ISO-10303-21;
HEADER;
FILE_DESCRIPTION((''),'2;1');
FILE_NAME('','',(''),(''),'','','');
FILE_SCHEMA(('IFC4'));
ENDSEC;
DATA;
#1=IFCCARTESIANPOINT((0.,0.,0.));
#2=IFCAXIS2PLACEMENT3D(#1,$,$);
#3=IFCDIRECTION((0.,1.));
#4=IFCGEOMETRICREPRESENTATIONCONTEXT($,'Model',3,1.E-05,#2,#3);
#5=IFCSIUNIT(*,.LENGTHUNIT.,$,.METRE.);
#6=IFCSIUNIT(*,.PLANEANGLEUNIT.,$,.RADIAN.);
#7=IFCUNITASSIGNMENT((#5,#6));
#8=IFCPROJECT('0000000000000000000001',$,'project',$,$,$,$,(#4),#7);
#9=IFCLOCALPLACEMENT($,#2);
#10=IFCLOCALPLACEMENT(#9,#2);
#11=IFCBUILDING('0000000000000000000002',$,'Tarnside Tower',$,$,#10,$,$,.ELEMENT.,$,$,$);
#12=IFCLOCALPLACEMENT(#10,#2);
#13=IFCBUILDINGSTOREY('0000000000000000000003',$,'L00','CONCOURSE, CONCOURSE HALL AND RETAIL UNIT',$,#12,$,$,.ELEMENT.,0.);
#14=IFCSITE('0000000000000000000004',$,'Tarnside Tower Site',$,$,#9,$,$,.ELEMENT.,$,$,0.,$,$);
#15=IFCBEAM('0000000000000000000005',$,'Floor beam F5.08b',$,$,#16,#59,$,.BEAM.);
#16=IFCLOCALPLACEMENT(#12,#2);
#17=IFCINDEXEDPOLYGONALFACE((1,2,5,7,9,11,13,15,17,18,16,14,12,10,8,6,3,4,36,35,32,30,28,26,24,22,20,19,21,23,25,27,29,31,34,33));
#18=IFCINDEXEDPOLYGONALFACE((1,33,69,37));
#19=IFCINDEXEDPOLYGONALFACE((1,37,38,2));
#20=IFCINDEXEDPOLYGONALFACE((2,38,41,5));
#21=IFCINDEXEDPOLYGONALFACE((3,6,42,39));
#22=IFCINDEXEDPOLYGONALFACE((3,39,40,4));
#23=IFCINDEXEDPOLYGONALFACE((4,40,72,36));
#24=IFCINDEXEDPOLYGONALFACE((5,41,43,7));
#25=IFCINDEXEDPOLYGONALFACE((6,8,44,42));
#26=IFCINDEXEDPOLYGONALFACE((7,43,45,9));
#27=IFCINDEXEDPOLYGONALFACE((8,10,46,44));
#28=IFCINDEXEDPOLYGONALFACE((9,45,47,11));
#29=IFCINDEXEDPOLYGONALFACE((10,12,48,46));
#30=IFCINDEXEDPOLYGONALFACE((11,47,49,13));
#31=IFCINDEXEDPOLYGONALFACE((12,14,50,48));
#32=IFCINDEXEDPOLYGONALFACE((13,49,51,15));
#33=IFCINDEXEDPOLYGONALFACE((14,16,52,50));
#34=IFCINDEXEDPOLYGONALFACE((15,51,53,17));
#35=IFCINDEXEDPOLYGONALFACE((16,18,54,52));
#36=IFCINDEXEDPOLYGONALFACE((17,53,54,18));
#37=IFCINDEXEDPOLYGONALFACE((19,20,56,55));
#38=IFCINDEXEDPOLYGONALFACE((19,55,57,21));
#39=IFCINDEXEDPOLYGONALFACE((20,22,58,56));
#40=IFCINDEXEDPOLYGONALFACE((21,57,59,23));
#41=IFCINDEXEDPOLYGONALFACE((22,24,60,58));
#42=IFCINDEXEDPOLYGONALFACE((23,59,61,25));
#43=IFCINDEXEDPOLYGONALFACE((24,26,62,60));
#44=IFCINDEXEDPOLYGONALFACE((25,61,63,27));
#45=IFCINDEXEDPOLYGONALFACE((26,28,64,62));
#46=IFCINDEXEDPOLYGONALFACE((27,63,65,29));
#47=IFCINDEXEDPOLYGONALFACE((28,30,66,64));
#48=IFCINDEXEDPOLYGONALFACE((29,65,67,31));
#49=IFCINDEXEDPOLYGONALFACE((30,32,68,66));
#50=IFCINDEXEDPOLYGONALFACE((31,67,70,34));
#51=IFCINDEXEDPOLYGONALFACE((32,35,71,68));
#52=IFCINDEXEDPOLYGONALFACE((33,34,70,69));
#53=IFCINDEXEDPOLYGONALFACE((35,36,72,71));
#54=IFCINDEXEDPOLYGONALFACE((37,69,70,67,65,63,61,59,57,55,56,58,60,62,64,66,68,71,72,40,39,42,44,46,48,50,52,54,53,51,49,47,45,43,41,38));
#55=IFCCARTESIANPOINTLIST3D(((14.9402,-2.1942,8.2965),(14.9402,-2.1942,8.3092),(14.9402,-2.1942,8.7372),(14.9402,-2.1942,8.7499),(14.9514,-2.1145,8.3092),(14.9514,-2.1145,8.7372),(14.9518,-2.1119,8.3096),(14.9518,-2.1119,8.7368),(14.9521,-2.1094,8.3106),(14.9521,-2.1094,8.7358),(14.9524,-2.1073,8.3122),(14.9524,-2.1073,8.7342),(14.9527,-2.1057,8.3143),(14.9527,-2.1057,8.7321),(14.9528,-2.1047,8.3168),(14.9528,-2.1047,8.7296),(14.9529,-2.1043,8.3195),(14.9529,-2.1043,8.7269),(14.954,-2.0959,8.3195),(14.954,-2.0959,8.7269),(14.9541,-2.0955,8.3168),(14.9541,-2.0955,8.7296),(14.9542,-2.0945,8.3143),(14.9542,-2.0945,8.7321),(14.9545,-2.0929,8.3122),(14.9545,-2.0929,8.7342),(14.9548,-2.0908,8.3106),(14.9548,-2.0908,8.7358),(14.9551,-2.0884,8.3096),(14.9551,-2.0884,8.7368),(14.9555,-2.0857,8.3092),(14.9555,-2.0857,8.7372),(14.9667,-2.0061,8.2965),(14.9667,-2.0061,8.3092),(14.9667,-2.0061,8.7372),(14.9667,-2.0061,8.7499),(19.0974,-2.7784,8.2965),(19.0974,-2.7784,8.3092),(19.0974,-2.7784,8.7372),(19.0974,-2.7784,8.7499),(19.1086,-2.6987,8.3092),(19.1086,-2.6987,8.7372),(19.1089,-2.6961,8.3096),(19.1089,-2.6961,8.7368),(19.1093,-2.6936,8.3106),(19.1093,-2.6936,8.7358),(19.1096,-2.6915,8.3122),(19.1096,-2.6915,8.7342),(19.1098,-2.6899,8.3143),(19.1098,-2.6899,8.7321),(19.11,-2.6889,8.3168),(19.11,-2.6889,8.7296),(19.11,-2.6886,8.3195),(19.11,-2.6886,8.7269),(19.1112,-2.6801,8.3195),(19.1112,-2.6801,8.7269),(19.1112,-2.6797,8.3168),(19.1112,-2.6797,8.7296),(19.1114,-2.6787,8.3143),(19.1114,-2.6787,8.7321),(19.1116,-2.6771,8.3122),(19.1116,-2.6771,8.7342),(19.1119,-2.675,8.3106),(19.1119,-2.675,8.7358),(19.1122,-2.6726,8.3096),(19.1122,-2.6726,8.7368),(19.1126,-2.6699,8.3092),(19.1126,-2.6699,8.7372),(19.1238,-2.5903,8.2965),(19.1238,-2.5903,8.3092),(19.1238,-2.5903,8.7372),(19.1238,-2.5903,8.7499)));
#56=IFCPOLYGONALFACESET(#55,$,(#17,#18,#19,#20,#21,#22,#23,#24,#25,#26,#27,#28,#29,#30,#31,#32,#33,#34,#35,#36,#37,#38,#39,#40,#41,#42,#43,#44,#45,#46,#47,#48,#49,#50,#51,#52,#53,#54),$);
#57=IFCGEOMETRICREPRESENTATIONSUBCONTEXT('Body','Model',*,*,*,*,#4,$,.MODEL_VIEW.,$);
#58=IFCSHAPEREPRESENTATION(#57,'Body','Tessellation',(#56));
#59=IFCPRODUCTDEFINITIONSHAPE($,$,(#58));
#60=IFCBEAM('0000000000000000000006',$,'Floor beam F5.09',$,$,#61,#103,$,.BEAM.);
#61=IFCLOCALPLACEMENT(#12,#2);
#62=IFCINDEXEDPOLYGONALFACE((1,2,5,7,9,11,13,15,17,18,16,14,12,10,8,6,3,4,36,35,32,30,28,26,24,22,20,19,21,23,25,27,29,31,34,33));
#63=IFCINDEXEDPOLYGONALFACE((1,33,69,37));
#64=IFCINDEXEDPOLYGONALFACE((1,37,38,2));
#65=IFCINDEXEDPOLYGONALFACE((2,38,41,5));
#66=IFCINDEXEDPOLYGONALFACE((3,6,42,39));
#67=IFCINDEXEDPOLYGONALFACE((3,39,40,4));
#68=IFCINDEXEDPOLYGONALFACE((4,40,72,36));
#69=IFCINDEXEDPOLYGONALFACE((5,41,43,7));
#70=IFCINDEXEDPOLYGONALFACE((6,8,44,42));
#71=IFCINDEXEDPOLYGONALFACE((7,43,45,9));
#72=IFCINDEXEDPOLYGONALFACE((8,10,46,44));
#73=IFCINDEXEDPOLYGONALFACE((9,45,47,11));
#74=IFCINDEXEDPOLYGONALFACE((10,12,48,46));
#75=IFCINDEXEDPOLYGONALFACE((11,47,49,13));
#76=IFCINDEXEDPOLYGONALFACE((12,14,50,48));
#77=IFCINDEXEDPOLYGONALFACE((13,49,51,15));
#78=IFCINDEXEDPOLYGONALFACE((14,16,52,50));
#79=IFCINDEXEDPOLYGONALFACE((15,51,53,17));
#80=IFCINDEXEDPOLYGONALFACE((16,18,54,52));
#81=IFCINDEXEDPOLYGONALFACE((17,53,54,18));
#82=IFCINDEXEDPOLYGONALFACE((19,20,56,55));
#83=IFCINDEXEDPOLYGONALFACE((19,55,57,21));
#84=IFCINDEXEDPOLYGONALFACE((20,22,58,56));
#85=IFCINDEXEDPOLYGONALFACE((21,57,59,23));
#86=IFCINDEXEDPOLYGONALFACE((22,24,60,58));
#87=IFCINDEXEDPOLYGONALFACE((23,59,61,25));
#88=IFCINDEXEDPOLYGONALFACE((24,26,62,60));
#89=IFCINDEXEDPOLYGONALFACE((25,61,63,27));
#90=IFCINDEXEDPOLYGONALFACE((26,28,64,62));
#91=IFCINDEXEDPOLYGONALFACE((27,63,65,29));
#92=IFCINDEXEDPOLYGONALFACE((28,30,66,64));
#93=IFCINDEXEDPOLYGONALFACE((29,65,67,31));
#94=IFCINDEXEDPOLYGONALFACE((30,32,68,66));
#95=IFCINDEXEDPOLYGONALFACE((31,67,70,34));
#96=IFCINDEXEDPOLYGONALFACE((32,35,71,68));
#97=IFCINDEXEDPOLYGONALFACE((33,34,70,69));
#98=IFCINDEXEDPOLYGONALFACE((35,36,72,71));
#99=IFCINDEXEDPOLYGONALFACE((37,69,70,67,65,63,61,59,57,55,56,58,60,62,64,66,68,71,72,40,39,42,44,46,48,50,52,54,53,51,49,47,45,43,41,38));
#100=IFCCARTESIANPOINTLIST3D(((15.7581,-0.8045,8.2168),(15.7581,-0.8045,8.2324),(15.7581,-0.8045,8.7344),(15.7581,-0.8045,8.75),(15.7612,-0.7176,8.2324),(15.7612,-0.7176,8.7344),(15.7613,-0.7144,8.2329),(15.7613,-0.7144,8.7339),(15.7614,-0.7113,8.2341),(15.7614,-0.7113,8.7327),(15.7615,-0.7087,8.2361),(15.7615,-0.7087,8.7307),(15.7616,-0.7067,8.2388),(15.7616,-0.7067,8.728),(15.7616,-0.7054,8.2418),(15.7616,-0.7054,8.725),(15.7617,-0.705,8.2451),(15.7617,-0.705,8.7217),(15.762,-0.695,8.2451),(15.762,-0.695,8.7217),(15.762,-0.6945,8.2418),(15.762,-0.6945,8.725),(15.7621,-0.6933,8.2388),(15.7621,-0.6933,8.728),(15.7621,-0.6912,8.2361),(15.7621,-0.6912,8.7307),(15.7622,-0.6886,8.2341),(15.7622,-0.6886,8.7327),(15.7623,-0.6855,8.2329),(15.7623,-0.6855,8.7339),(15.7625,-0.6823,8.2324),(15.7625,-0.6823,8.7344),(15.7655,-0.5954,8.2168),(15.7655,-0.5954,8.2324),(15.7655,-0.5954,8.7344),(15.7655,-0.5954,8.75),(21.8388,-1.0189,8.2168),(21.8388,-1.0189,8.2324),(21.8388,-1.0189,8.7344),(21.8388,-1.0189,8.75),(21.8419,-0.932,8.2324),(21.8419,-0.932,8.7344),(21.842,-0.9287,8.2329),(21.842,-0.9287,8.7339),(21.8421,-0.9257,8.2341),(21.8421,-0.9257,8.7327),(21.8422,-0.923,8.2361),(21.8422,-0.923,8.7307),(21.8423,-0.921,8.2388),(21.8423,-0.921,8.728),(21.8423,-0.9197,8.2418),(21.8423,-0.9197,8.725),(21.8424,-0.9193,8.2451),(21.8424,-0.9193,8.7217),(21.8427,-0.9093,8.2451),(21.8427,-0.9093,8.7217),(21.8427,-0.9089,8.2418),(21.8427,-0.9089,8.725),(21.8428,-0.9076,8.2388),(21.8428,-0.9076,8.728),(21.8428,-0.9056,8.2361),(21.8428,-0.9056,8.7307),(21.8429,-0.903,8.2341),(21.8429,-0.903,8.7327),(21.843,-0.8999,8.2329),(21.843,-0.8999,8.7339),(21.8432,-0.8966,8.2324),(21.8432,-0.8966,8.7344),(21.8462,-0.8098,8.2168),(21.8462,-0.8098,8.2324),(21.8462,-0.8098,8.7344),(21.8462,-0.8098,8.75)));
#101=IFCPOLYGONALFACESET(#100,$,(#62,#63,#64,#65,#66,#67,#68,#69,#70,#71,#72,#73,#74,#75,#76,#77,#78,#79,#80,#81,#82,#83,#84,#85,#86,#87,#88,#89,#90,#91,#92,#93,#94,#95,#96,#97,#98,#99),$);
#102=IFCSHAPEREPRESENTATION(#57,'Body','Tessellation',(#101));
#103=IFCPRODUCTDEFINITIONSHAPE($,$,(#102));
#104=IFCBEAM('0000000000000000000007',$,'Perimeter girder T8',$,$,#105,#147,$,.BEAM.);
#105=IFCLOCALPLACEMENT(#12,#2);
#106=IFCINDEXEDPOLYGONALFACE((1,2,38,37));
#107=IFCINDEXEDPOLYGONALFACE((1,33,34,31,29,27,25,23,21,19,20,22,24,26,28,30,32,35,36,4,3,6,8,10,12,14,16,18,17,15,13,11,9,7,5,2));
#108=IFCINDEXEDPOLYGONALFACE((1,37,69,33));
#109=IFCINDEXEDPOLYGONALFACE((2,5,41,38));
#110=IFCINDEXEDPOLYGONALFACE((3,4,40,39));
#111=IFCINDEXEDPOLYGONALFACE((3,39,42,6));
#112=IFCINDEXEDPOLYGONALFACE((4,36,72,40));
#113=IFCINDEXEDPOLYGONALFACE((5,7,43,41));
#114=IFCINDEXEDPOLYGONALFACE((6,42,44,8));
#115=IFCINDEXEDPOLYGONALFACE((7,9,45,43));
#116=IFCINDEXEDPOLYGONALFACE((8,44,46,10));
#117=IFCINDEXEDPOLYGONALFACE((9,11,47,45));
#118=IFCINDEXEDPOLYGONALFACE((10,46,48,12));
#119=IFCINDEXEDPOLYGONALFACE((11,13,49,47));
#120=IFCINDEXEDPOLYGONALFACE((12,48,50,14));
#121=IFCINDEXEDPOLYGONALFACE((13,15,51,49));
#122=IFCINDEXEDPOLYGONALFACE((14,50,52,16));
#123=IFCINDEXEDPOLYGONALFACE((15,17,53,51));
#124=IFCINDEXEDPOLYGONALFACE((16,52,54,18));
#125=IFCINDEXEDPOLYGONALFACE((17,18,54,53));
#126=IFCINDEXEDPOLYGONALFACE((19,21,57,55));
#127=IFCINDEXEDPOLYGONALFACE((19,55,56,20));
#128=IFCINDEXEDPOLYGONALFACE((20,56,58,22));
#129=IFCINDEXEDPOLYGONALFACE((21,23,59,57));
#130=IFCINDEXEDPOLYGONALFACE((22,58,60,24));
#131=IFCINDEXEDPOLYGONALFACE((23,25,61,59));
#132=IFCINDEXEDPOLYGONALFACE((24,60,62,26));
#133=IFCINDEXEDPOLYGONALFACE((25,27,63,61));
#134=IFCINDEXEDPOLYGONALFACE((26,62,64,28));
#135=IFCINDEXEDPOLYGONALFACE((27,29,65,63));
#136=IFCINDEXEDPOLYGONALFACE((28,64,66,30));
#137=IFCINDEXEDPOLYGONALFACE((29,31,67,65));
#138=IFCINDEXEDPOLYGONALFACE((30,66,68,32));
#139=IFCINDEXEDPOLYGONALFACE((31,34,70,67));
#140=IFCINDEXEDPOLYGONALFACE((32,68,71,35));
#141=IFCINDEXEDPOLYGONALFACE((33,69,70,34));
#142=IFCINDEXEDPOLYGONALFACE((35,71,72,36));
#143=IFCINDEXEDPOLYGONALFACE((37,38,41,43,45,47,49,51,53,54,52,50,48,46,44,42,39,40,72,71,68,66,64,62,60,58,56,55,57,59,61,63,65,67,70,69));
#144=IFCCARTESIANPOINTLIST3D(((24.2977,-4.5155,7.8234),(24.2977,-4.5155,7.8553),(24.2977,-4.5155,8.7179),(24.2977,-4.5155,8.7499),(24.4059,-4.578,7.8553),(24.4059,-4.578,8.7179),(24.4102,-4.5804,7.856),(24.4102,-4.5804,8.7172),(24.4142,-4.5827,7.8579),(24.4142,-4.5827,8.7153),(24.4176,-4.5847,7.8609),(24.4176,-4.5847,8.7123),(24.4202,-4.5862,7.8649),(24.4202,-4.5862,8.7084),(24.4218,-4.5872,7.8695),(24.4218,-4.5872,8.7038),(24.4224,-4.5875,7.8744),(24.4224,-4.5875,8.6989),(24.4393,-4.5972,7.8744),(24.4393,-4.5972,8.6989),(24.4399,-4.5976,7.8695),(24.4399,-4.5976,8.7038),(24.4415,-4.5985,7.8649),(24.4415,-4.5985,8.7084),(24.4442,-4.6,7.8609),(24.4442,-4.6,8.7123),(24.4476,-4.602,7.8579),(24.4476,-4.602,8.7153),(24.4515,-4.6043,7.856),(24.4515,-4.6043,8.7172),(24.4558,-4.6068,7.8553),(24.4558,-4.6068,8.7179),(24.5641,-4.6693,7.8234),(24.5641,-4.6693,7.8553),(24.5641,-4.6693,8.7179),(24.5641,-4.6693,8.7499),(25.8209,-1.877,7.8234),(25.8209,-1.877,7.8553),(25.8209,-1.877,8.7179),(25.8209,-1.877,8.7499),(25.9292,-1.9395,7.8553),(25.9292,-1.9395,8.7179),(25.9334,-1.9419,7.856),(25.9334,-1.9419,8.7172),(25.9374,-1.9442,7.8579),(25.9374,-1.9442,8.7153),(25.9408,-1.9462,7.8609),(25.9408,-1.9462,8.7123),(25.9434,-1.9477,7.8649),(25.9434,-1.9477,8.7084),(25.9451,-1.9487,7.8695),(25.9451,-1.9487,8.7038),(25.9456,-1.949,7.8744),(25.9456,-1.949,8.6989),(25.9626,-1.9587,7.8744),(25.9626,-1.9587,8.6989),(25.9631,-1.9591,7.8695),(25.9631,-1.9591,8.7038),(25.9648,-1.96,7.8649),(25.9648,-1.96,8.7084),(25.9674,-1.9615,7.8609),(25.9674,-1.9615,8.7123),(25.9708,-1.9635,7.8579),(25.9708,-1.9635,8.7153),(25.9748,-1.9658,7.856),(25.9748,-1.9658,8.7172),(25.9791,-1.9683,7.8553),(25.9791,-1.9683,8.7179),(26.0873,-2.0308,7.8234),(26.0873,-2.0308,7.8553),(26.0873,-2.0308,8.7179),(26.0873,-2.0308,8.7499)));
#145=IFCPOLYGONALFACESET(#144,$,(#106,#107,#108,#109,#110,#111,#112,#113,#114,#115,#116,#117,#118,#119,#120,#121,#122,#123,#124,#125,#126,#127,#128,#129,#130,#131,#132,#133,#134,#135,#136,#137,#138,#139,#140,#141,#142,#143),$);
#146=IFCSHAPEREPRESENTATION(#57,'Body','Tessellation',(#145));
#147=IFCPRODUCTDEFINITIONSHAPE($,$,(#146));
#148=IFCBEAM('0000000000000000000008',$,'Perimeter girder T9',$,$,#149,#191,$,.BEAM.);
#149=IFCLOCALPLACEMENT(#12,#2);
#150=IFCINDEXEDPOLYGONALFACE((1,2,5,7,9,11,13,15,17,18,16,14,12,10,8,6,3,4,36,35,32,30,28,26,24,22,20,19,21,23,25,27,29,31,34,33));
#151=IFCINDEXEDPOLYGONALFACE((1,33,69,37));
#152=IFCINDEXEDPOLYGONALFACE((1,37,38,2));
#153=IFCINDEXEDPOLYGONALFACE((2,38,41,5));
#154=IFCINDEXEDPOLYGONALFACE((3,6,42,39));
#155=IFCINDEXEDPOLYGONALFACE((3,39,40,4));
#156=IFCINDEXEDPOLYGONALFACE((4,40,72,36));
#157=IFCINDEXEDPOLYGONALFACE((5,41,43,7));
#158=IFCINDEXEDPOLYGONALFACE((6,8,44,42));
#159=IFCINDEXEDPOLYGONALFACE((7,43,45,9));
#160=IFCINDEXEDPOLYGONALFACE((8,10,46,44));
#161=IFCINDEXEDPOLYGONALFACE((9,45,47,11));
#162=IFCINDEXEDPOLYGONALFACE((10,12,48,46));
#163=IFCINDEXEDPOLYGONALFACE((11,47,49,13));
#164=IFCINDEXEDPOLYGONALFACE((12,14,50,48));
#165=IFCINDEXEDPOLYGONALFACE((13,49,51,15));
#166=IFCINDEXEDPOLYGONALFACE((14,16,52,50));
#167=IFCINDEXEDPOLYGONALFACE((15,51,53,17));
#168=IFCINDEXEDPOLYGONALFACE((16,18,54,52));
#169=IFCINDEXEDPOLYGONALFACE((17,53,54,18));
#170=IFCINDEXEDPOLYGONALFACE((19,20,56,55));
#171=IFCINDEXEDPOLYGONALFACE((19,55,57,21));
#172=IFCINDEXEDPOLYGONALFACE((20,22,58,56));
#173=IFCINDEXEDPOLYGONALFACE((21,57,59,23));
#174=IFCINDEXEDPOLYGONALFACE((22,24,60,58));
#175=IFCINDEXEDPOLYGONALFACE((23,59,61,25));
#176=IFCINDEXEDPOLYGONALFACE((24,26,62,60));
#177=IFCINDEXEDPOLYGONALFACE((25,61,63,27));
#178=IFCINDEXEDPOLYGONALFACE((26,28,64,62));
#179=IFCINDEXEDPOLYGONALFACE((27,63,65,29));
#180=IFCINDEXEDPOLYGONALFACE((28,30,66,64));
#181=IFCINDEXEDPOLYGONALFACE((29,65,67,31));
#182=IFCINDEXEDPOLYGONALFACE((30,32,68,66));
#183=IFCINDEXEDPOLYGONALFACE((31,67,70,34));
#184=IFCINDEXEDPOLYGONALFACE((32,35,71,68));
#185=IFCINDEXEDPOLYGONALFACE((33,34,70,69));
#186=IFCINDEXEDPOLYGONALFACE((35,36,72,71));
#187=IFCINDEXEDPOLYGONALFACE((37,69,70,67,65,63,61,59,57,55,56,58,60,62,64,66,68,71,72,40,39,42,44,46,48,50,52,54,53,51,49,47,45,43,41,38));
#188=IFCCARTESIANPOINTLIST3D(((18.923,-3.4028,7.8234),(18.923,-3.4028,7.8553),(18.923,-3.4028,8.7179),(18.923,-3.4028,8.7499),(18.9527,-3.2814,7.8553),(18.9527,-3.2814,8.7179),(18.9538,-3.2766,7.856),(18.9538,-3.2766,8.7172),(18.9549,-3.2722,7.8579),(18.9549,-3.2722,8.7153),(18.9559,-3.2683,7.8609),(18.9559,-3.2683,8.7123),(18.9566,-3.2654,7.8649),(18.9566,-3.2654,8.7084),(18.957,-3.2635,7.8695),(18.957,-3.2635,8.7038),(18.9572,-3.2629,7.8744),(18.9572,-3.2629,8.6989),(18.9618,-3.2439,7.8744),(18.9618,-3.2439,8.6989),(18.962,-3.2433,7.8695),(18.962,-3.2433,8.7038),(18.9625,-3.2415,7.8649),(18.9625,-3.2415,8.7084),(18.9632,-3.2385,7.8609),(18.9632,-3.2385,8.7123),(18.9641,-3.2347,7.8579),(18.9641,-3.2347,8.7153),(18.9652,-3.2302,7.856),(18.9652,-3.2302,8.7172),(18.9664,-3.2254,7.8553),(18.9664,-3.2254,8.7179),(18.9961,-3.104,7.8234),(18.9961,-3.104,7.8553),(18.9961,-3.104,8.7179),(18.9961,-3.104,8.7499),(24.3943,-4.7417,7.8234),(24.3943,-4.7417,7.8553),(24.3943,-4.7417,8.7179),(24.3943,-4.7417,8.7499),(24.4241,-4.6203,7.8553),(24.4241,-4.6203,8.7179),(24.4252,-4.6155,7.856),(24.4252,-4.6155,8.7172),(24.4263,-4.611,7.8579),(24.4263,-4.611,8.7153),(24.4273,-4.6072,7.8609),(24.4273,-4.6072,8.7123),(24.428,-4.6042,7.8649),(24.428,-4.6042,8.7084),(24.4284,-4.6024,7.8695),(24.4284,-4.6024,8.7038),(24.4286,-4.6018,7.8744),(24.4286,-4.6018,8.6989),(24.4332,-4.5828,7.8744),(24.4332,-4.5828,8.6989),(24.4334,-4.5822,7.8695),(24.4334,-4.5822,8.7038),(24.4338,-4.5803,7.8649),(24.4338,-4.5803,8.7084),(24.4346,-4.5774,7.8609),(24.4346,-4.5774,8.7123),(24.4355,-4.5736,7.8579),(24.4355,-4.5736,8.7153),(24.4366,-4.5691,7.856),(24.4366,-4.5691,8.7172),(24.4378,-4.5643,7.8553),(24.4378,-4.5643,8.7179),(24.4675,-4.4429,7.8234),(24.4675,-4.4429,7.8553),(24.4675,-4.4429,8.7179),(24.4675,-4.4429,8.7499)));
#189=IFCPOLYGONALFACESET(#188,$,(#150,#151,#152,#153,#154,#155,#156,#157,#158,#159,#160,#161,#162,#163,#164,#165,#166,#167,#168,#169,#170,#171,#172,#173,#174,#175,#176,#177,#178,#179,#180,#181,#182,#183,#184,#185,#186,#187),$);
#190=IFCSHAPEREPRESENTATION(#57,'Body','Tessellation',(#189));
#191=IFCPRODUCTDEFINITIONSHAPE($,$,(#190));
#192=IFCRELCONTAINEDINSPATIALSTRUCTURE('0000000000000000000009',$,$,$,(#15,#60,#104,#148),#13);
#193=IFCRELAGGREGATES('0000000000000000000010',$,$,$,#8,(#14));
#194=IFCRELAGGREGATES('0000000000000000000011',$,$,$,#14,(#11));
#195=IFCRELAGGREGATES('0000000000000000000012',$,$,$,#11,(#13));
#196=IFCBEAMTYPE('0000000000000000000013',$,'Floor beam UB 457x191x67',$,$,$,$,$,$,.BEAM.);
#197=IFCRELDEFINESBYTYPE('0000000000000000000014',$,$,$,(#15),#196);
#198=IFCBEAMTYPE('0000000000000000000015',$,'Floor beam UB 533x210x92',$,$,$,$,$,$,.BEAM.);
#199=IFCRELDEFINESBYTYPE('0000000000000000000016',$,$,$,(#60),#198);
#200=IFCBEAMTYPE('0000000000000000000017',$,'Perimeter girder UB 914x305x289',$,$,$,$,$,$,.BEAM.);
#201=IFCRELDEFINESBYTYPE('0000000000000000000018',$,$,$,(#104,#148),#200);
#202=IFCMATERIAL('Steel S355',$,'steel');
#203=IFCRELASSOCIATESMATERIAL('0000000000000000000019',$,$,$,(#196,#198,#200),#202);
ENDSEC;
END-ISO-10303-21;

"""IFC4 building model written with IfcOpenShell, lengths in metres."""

from ifc_helpers import new_model, si_unit, direction, frame, origin, origin_2d, place, context, subcontext, project, spatial, i_section, extrude, material, material_profile, profile_set, type_object, element, save


model = new_model("IFC4")

# Units and contexts
model_context = context("Model", 3, precision=1e-05, world=origin(), true_north=direction((0.0, 1.0)))
body_context = subcontext(model_context, "Body", "Model", "MODEL_VIEW")
ifc_project = project(units=[si_unit("LENGTHUNIT", "METRE"), si_unit("PLANEANGLEUNIT", "RADIAN")], contexts=[model_context])

# Site, building, storey
site_placement = place(None, origin())
site = spatial("IfcSite", under=ifc_project, at=site_placement, Name="Tarnside Tower Site", CompositionType="ELEMENT", RefElevation=0.0)
building_placement = place(site_placement, origin())
building = spatial("IfcBuilding", under=site, at=building_placement, Name="Tarnside Tower", CompositionType="ELEMENT")
storey_placement = place(building_placement, origin())
storey = spatial("IfcBuildingStorey", under=building, at=storey_placement, Name="L00", Description="CONCOURSE, CONCOURSE HALL AND RETAIL UNIT", CompositionType="ELEMENT", Elevation=0.0)

# Beams
ifc_material_1 = material(Name="Steel S355", Category="steel")
ifc_material_profile_1 = material_profile(ifc_material_1, i_section(OverallWidth=0.1899, OverallDepth=0.4534, WebThickness=0.0085, FlangeThickness=0.0127, FilletRadius=0.0103, at=origin_2d()), Name="UB 457x191x67")
ifc_profile_set_1 = profile_set([ifc_material_profile_1], Name="Steel S355")
beam_type_1 = type_object("IfcBeamType", Name="Floor beam UB 457x191x67", PredefinedType="BEAM", material=ifc_profile_set_1)
beam_1_placement = place(storey_placement, frame((19.1106, -2.6843, 8.5232), z_axis=(-0.990269, 0.139166, 0.0), x_axis=(-0.139166, -0.990269, 0.0)))
element("IfcBeam", 1, at=beam_1_placement, inside=storey, type_object=beam_type_1, Name="Floor beam F5.08b", PredefinedType="BEAM", context=body_context, shape_type="SweptSolid", body=[
    extrude(i_section(OverallWidth=0.1899, OverallDepth=0.4534, WebThickness=0.0085, FlangeThickness=0.0127, FilletRadius=0.0103, at=origin_2d()), origin(), (0.0, 0.0, 1.0), 4.198),
])
ifc_material_profile_2 = material_profile(ifc_material_1, i_section(OverallWidth=0.2092, OverallDepth=0.5332, WebThickness=0.01, FlangeThickness=0.0156, FilletRadius=0.0127, at=origin_2d()), Name="UB 533x210x92")
ifc_profile_set_2 = profile_set([ifc_material_profile_2], Name="Steel S355")
beam_type_2 = type_object("IfcBeamType", Name="Floor beam UB 533x210x92", PredefinedType="BEAM", material=ifc_profile_set_2)
beam_2_placement = place(storey_placement, frame((21.8425, -0.9143, 8.4834), z_axis=(-0.999379, 0.035229, 0.0), x_axis=(-0.035229, -0.999379, 0.0)))
element("IfcBeam", 2, at=beam_2_placement, inside=storey, type_object=beam_type_2, Name="Floor beam F5.09", PredefinedType="BEAM", context=body_context, shape_type="SweptSolid", body=[
    extrude(i_section(OverallWidth=0.2092, OverallDepth=0.5332, WebThickness=0.01, FlangeThickness=0.0156, FilletRadius=0.0127, at=origin_2d()), origin(), (0.0, 0.0, 1.0), 6.0845),
])
ifc_material_profile_3 = material_profile(ifc_material_1, i_section(OverallWidth=0.3076, OverallDepth=0.9265, WebThickness=0.0195, FlangeThickness=0.032, FilletRadius=0.019, at=origin_2d()), Name="UB 914x305x289")
ifc_profile_set_3 = profile_set([ifc_material_profile_3], Name="Steel S355")
beam_type_3 = type_object("IfcBeamType", Name="Perimeter girder UB 914x305x289", PredefinedType="BEAM", material=ifc_profile_set_3)
beam_3_placement = place(storey_placement, frame((25.9541, -1.9539, 8.2866), z_axis=(-0.499974, -0.86604, 0.0), x_axis=(0.86604, -0.499974, 0.0)))
element("IfcBeam", 3, at=beam_3_placement, inside=storey, type_object=beam_type_3, Name="Perimeter girder T8", PredefinedType="BEAM", context=body_context, shape_type="SweptSolid", body=[
    extrude(i_section(OverallWidth=0.3076, OverallDepth=0.9265, WebThickness=0.0195, FlangeThickness=0.032, FilletRadius=0.019, at=origin_2d()), origin(), (0.0, 0.0, 1.0), 3.0466),
])
beam_4_placement = place(storey_placement, frame((24.4309, -4.5923, 8.2866), z_axis=(-0.971341, 0.237688, 0.0), x_axis=(-0.237688, -0.971341, 0.0)))
element("IfcBeam", 4, at=beam_4_placement, inside=storey, type_object=beam_type_3, Name="Perimeter girder T9", PredefinedType="BEAM", context=body_context, shape_type="SweptSolid", body=[
    extrude(i_section(OverallWidth=0.3076, OverallDepth=0.9265, WebThickness=0.0195, FlangeThickness=0.032, FilletRadius=0.019, at=origin_2d()), origin(), (0.0, 0.0, 1.0), 5.6328),
])

save(model, "model.ifc")
